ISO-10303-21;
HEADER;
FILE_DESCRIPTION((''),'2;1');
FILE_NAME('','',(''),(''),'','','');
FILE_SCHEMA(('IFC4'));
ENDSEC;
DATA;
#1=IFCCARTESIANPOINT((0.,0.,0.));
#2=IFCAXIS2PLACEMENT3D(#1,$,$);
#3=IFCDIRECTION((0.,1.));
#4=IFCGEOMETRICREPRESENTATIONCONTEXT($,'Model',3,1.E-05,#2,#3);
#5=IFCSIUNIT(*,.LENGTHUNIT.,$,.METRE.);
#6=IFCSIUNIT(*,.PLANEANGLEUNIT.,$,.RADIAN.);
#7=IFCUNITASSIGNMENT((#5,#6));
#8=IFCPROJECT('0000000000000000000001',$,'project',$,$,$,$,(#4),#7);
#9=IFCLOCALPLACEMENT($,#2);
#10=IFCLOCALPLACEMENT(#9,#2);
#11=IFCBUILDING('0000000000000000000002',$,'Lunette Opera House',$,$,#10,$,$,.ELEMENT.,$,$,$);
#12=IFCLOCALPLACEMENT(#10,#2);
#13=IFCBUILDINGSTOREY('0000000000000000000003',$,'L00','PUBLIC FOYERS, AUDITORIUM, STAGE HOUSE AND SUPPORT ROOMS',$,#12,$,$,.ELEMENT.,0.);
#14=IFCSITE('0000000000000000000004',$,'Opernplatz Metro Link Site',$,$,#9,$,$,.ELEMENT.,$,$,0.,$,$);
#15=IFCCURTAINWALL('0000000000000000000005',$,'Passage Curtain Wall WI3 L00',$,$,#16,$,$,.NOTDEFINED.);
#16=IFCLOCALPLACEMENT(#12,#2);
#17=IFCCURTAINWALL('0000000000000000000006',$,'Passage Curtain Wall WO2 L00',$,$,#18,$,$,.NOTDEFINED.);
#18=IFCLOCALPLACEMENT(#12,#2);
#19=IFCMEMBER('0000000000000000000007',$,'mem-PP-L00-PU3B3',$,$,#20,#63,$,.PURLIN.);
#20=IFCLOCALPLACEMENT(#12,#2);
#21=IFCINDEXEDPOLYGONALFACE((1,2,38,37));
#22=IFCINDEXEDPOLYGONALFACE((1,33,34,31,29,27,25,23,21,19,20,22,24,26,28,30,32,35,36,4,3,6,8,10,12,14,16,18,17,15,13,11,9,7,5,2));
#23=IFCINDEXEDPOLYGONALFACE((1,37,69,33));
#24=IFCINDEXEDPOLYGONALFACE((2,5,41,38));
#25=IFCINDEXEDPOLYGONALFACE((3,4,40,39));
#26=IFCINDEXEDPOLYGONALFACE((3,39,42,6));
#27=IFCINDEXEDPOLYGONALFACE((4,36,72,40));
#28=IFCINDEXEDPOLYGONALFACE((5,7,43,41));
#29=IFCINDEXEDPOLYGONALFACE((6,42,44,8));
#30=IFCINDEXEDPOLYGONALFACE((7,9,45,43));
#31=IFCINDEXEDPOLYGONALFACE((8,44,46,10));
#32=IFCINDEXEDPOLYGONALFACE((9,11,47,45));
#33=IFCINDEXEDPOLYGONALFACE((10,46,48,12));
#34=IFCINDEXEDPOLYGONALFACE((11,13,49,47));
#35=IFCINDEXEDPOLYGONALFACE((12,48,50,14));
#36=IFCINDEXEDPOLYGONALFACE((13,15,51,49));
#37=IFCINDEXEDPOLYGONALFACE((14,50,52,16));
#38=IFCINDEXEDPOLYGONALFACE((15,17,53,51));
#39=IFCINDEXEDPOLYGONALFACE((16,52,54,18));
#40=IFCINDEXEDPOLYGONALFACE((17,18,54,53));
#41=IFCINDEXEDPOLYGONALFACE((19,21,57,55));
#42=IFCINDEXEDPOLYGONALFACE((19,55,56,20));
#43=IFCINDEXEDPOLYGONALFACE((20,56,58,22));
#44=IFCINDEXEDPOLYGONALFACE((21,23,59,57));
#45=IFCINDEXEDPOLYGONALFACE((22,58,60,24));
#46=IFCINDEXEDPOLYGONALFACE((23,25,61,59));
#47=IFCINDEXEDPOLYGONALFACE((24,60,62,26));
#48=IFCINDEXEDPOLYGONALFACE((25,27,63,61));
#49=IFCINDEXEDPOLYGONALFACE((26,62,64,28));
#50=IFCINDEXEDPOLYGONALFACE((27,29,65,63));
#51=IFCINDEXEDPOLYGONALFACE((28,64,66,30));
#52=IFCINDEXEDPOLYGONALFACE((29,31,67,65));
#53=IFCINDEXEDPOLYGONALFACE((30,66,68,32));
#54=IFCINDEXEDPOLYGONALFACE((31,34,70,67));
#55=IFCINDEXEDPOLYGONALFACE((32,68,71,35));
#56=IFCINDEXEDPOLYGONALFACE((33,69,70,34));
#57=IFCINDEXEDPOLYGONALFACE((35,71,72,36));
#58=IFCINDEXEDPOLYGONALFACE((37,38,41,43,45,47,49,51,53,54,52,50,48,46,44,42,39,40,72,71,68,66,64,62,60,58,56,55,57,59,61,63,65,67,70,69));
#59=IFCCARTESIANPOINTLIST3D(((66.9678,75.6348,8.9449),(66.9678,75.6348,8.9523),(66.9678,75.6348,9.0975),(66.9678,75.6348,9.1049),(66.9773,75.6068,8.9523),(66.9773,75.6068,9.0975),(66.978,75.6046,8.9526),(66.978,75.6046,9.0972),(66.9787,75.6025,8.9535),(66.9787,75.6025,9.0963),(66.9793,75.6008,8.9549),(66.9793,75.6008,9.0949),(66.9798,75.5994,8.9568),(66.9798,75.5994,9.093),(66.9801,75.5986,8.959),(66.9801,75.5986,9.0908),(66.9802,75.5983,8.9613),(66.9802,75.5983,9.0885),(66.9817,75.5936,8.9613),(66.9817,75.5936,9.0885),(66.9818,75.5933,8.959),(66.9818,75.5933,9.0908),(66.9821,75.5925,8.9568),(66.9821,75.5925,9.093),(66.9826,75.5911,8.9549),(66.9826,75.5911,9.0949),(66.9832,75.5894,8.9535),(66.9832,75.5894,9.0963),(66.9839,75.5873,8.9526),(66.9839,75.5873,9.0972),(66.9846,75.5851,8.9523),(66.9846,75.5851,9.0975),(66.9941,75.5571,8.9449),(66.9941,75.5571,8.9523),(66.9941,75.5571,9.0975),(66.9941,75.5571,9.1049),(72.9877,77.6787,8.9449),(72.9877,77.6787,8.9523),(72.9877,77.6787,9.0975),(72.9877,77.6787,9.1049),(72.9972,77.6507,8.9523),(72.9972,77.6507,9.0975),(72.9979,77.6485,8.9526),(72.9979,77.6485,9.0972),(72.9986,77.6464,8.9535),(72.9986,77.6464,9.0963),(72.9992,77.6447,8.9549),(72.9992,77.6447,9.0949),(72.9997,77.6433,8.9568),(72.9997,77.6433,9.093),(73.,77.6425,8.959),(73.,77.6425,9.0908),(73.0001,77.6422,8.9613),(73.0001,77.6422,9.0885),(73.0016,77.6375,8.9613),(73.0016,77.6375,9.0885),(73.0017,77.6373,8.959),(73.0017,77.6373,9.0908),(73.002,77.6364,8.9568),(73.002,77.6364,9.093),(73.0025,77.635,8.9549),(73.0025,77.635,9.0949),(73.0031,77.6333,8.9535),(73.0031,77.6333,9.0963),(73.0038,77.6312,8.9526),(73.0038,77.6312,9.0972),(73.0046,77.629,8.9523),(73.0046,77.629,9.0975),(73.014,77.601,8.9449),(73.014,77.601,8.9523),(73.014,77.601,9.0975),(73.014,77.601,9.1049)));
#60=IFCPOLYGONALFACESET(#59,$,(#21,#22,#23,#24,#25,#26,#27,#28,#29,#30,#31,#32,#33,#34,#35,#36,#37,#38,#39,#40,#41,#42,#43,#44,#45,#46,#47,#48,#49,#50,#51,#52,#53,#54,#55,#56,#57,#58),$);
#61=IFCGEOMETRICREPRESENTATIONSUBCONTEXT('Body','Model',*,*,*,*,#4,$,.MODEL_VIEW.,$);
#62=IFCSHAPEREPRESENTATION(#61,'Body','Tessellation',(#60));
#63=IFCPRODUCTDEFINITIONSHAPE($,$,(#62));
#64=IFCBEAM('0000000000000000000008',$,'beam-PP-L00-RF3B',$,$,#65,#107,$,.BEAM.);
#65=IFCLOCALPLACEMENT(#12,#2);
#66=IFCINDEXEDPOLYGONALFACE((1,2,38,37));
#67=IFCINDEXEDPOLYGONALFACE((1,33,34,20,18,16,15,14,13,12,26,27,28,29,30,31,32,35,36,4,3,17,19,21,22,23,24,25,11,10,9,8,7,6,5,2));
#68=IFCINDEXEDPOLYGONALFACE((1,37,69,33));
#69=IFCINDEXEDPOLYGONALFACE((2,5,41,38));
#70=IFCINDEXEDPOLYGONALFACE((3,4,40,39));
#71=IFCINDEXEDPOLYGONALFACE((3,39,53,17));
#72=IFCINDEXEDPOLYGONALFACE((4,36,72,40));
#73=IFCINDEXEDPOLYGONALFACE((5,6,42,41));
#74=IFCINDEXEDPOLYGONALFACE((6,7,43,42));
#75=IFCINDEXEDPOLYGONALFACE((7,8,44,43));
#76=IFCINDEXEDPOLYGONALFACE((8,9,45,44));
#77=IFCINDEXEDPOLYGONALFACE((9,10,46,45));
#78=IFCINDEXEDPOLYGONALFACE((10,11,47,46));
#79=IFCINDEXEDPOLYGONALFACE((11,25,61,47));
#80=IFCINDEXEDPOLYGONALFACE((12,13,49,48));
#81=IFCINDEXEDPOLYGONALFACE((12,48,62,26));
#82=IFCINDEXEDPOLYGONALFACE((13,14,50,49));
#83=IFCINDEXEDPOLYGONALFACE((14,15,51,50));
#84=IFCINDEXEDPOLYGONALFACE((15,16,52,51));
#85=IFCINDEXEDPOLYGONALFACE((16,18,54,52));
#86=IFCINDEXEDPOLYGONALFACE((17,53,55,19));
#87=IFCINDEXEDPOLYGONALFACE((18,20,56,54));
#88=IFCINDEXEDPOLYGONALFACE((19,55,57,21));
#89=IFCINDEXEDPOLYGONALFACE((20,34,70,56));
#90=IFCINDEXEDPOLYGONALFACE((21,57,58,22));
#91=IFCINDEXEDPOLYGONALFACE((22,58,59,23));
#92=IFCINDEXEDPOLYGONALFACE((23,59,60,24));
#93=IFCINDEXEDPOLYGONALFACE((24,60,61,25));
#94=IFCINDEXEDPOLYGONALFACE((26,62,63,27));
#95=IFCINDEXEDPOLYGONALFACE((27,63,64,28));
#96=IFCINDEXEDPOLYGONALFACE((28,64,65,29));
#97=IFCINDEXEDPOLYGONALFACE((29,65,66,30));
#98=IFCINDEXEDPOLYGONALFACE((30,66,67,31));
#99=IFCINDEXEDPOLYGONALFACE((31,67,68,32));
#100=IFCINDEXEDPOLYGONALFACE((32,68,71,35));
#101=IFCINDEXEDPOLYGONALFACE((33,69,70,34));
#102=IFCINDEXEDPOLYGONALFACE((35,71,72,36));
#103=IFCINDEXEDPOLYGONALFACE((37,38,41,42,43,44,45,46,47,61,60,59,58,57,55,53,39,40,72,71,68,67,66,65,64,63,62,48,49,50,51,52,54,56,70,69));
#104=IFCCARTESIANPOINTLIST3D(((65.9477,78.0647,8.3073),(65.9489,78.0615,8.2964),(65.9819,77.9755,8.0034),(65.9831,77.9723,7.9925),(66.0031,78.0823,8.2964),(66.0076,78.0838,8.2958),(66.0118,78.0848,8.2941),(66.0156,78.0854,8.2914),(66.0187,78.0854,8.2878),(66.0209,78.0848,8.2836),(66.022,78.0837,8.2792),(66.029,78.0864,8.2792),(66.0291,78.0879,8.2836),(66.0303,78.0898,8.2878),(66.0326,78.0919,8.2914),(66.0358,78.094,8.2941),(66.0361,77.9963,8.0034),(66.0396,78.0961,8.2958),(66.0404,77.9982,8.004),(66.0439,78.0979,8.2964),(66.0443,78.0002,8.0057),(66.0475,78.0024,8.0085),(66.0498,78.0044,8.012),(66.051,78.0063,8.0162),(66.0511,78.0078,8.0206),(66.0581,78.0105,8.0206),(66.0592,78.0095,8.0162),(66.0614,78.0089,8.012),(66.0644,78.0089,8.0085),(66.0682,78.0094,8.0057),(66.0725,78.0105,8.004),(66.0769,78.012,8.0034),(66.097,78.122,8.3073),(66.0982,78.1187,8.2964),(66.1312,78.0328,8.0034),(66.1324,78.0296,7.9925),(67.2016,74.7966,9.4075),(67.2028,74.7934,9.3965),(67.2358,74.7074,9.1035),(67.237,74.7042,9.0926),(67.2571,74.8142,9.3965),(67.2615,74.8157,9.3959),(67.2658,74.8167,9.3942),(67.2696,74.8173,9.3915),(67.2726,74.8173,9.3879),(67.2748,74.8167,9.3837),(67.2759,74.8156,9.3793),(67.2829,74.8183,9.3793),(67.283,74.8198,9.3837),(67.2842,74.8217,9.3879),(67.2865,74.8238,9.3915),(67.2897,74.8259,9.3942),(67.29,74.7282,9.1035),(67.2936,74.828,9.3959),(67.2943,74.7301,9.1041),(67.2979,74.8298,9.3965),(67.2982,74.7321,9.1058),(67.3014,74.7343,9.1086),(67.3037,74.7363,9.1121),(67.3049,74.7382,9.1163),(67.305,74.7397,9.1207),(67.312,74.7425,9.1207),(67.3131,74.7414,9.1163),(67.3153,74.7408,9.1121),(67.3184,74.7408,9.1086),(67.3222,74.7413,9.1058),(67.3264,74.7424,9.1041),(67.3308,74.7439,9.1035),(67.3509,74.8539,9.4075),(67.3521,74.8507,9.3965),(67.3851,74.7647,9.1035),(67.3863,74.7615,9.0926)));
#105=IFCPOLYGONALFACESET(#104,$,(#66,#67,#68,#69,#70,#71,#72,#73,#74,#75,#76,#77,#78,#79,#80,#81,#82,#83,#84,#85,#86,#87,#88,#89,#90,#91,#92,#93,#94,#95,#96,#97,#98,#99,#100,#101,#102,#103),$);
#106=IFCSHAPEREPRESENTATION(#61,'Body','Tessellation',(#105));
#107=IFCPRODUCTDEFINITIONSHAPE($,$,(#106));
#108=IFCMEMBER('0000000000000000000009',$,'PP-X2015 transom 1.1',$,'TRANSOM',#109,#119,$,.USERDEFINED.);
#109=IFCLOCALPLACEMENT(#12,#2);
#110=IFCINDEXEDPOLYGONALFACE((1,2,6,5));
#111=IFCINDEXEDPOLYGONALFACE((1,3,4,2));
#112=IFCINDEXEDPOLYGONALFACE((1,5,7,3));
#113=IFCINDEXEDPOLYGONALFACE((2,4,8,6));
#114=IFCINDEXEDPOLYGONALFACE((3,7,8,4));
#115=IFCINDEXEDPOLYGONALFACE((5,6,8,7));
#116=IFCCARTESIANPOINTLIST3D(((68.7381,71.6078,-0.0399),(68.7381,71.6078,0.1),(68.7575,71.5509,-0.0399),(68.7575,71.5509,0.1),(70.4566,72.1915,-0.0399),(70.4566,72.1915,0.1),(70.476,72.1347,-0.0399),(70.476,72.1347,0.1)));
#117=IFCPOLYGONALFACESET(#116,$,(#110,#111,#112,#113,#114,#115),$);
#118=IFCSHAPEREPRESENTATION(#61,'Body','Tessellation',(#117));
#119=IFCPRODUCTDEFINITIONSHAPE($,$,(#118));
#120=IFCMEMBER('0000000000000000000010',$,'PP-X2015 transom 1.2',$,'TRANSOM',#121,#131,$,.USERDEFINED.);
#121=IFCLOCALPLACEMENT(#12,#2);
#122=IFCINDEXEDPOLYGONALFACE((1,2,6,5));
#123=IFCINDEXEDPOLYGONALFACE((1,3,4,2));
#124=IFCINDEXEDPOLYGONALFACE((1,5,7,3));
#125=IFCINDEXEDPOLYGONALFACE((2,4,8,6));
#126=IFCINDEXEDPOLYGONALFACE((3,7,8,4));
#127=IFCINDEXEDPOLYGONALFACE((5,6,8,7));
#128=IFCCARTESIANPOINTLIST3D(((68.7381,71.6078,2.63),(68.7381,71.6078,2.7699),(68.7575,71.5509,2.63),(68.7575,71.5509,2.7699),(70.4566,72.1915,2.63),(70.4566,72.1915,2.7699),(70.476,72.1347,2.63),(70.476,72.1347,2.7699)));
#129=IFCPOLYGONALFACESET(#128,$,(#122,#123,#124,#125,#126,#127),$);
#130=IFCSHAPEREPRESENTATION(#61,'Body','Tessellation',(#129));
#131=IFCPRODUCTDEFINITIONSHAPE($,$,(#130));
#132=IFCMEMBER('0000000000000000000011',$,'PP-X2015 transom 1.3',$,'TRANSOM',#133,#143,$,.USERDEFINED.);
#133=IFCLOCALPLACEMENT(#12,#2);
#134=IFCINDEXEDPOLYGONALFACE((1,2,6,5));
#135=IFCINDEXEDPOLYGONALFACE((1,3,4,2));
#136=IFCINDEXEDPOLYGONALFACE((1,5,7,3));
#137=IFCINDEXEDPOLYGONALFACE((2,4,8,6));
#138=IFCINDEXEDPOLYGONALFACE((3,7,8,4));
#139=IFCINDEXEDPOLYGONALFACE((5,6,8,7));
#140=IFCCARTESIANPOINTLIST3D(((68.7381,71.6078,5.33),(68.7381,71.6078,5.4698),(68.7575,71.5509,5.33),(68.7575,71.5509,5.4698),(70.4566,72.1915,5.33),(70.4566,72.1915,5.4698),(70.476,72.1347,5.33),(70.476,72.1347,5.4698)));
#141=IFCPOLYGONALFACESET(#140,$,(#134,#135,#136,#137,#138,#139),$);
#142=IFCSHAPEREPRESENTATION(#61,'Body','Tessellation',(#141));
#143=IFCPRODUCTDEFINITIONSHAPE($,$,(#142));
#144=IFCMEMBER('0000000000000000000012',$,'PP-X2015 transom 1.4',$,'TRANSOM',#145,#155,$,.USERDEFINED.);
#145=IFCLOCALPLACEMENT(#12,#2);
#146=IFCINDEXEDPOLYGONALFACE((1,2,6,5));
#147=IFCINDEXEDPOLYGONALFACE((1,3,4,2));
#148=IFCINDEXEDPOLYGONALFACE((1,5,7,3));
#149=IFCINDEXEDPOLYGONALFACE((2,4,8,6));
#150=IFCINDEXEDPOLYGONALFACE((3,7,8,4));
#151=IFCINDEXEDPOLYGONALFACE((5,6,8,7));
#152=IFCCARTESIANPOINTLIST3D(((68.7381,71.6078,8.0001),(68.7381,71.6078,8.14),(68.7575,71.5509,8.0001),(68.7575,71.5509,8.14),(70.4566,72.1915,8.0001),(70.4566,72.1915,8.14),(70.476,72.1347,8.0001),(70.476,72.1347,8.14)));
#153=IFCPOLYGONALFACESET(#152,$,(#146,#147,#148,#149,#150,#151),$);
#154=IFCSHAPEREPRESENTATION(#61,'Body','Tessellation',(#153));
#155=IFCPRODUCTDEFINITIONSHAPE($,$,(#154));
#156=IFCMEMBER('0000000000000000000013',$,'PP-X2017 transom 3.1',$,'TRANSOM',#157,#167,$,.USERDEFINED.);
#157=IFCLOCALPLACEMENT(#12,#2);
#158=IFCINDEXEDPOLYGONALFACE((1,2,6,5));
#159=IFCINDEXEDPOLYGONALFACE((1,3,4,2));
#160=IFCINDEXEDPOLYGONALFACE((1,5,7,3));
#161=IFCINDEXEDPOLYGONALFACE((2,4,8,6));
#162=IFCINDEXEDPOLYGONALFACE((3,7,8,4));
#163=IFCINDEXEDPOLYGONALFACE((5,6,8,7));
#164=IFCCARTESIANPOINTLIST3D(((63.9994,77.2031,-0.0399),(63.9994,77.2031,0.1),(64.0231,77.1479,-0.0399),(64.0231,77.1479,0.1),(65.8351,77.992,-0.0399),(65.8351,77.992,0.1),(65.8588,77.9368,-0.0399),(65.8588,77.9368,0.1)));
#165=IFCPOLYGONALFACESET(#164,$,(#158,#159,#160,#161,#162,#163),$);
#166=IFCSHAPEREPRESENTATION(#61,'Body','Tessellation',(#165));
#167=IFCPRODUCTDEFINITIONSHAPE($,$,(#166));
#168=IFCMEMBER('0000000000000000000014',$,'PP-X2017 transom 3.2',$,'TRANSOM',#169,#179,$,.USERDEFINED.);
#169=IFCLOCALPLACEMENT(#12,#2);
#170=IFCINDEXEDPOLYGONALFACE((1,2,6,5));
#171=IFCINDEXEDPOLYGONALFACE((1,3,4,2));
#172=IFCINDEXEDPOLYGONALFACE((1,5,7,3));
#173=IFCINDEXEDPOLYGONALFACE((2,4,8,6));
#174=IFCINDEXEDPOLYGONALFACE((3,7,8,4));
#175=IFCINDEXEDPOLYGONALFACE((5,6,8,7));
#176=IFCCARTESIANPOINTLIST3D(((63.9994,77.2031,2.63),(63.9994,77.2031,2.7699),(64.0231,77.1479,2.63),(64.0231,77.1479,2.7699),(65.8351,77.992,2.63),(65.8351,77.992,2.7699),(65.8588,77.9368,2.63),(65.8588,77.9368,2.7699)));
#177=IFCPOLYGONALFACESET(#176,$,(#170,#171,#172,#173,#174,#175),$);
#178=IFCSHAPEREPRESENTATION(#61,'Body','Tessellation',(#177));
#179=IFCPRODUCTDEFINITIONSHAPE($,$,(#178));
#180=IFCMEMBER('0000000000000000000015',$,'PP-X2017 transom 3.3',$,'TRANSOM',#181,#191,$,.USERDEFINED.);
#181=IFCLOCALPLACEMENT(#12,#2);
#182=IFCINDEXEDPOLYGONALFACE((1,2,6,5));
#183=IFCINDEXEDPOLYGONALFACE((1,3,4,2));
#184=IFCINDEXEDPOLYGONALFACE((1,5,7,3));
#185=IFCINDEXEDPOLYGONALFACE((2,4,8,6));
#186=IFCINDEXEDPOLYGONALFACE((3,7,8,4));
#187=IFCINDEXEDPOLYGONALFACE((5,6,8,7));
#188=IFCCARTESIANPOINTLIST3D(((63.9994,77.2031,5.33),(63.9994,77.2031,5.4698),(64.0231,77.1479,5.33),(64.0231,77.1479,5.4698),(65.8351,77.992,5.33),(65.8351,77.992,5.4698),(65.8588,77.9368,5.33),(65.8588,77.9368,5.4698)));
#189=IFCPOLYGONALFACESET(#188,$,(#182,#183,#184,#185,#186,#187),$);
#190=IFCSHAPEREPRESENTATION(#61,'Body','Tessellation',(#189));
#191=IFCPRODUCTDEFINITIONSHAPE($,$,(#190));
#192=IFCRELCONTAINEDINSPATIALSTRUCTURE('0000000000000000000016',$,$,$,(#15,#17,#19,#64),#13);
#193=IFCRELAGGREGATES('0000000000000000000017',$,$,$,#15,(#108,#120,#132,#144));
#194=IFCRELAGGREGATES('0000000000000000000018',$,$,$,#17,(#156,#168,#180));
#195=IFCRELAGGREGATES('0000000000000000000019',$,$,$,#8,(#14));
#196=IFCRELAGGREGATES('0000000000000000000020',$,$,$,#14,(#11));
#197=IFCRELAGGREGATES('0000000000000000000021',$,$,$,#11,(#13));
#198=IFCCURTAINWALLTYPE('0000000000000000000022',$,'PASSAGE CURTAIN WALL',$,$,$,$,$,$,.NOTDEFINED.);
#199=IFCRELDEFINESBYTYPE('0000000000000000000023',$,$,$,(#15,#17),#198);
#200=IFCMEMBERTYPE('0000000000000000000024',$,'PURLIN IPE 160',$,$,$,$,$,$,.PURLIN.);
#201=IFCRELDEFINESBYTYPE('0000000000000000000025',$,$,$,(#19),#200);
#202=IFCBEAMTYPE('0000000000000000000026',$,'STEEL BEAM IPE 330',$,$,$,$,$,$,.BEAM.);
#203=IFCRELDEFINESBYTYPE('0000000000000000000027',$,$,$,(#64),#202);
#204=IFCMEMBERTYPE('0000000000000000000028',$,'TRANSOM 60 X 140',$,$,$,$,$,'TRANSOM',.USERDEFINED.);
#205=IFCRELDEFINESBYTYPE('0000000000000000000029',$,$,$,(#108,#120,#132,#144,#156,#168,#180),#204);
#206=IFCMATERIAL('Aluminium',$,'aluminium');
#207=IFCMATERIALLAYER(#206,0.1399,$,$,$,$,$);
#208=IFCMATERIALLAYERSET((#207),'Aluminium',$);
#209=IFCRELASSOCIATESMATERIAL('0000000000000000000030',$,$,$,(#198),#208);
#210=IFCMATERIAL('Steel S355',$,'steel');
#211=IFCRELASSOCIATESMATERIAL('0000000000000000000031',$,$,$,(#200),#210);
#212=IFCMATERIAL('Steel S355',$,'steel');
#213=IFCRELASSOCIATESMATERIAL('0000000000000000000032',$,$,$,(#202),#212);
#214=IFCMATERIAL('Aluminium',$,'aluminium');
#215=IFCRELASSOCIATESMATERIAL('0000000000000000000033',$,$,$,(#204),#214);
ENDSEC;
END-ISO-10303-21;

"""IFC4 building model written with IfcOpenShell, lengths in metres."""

from ifc_helpers import new_model, si_unit, direction, frame, origin, origin_2d, place, context, subcontext, project, spatial, rectangle, i_section, extrude, material, layer, layer_set, material_profile, profile_set, type_object, element, aggregate, save


model = new_model("IFC4")

# Units and contexts
model_context = context("Model", 3, precision=1e-05, world=origin(), true_north=direction((0.0, 1.0)))
body_context = subcontext(model_context, "Body", "Model", "MODEL_VIEW")
ifc_project = project(units=[si_unit("LENGTHUNIT", "METRE"), si_unit("PLANEANGLEUNIT", "RADIAN")], contexts=[model_context])

# Site, building, storey
site_placement = place(None, origin())
site = spatial("IfcSite", under=ifc_project, at=site_placement, Name="Opernplatz Metro Link Site", CompositionType="ELEMENT", RefElevation=0.0)
building_placement = place(site_placement, origin())
building = spatial("IfcBuilding", under=site, at=building_placement, Name="Lunette Opera House", CompositionType="ELEMENT")
storey_placement = place(building_placement, origin())
storey = spatial("IfcBuildingStorey", under=building, at=storey_placement, Name="L00", Description="PUBLIC FOYERS, AUDITORIUM, STAGE HOUSE AND SUPPORT ROOMS", CompositionType="ELEMENT", Elevation=0.0)

# Curtain wall
ifc_material_1 = material(Name="Aluminium", Category="aluminium")
ifc_layer_1 = layer(ifc_material_1, 0.1399)
ifc_layer_set_1 = layer_set([ifc_layer_1], Name="Aluminium")
curtain_wall_type = type_object("IfcCurtainWallType", Name="PASSAGE CURTAIN WALL", PredefinedType="NOTDEFINED", material=ifc_layer_set_1)
curtain_wall_1_placement = place(storey_placement, origin())
curtain_wall_1 = element("IfcCurtainWall", 1, at=curtain_wall_1_placement, inside=storey, type_object=curtain_wall_type, Name="Passage Curtain Wall WI3 L00", PredefinedType="NOTDEFINED")

# Curtain wall
curtain_wall_2_placement = place(storey_placement, origin())
curtain_wall_2 = element("IfcCurtainWall", 2, at=curtain_wall_2_placement, inside=storey, type_object=curtain_wall_type, Name="Passage Curtain Wall WO2 L00", PredefinedType="NOTDEFINED")

# Member
ifc_material_2 = material(Name="Steel S355", Category="steel")
ifc_material_profile_1 = material_profile(ifc_material_2, i_section(OverallWidth=0.082, OverallDepth=0.1599, WebThickness=0.0049, FlangeThickness=0.0073, FilletRadius=0.009, at=origin_2d()), Name="IPE 160")
ifc_profile_set_1 = profile_set([ifc_material_profile_1], Name="Steel S355")
member_type_1 = type_object("IfcMemberType", Name="PURLIN IPE 160", PredefinedType="PURLIN", material=ifc_profile_set_1)
member_1_placement = place(storey_placement, frame((66.981, 75.5959, 9.0249), z_axis=(0.94691, 0.321499, 0.0), x_axis=(-0.321499, 0.94691, 0.0)))
element("IfcMember", 3, at=member_1_placement, inside=storey, type_object=member_type_1, Name="mem-PP-L00-PU3B3", PredefinedType="PURLIN", context=body_context, shape_type="SweptSolid", body=[
    extrude(i_section(OverallWidth=0.082, OverallDepth=0.1599, WebThickness=0.0049, FlangeThickness=0.0073, FilletRadius=0.009, at=origin_2d()), origin(), (0.0, 0.0, 1.0), 6.3574),
])

# Beam
ifc_material_3 = material(Name="Steel S355", Category="steel")
ifc_material_profile_2 = material_profile(ifc_material_3, i_section(OverallWidth=0.1599, OverallDepth=0.3301, WebThickness=0.0076, FlangeThickness=0.0115, FilletRadius=0.0181, at=origin_2d()), Name="IPE 330")
ifc_profile_set_2 = profile_set([ifc_material_profile_2], Name="Steel S355")
beam_type = type_object("IfcBeamType", Name="STEEL BEAM IPE 330", PredefinedType="BEAM", material=ifc_profile_set_2)
beam_placement = place(storey_placement, frame((66.04, 78.0471, 8.1499), z_axis=(0.341742, -0.890685, 0.299823), x_axis=(0.933637, 0.358222, 0.0)))
element("IfcBeam", 4, at=beam_placement, inside=storey, type_object=beam_type, Name="beam-PP-L00-RF3B", PredefinedType="BEAM", context=body_context, shape_type="SweptSolid", body=[
    extrude(i_section(OverallWidth=0.1599, OverallDepth=0.3301, WebThickness=0.0076, FlangeThickness=0.0115, FilletRadius=0.0181, at=origin_2d()), origin(), (0.0, 0.0, 1.0), 3.6692),
])

# Members
ifc_material_4 = material(Name="Aluminium", Category="aluminium")
ifc_material_profile_3 = material_profile(ifc_material_4, rectangle(XDim=0.0601, YDim=0.1399, at=origin_2d()), Name="TRANSOM 60 X 140")
ifc_profile_set_3 = profile_set([ifc_material_profile_3], Name="Aluminium")
member_type_2 = type_object("IfcMemberType", Name="TRANSOM 60 X 140", ElementType="TRANSOM", PredefinedType="USERDEFINED", material=ifc_profile_set_3)
member_2_placement = place(storey_placement, frame((68.7478, 71.5793, 0.03), z_axis=(0.946865, 0.32163, 0.0), x_axis=(-0.32163, 0.946865, 0.0)))
member_2 = element("IfcMember", 5, at=member_2_placement, type_object=member_type_2, Name="PP-X2015 transom 1.1", ObjectType="TRANSOM", PredefinedType="USERDEFINED", context=body_context, shape_type="SweptSolid", body=[
    extrude(rectangle(XDim=0.0601, YDim=0.1399, at=origin_2d()), origin(), (0.0, 0.0, 1.0), 1.8149),
])
member_3_placement = place(storey_placement, frame((68.7478, 71.5793, 2.7), z_axis=(0.946865, 0.32163, 0.0), x_axis=(-0.32163, 0.946865, 0.0)))
member_3 = element("IfcMember", 6, at=member_3_placement, type_object=member_type_2, Name="PP-X2015 transom 1.2", ObjectType="TRANSOM", PredefinedType="USERDEFINED", context=body_context, shape_type="SweptSolid", body=[
    extrude(rectangle(XDim=0.0601, YDim=0.1399, at=origin_2d()), origin(), (0.0, 0.0, 1.0), 1.8149),
])
member_4_placement = place(storey_placement, frame((68.7478, 71.5793, 5.3999), z_axis=(0.946865, 0.32163, 0.0), x_axis=(-0.32163, 0.946865, 0.0)))
member_4 = element("IfcMember", 7, at=member_4_placement, type_object=member_type_2, Name="PP-X2015 transom 1.3", ObjectType="TRANSOM", PredefinedType="USERDEFINED", context=body_context, shape_type="SweptSolid", body=[
    extrude(rectangle(XDim=0.0601, YDim=0.1399, at=origin_2d()), origin(), (0.0, 0.0, 1.0), 1.8149),
])
member_5_placement = place(storey_placement, frame((68.7478, 71.5793, 8.0701), z_axis=(0.946865, 0.32163, 0.0), x_axis=(-0.32163, 0.946865, 0.0)))
member_5 = element("IfcMember", 8, at=member_5_placement, type_object=member_type_2, Name="PP-X2015 transom 1.4", ObjectType="TRANSOM", PredefinedType="USERDEFINED", context=body_context, shape_type="SweptSolid", body=[
    extrude(rectangle(XDim=0.0601, YDim=0.1399, at=origin_2d()), origin(), (0.0, 0.0, 1.0), 1.8149),
])
member_6_placement = place(storey_placement, frame((64.0112, 77.1755, 0.03), z_axis=(0.918765, 0.394804, 0.0), x_axis=(-0.394804, 0.918765, 0.0)))
member_6 = element("IfcMember", 9, at=member_6_placement, type_object=member_type_2, Name="PP-X2017 transom 3.1", ObjectType="TRANSOM", PredefinedType="USERDEFINED", context=body_context, shape_type="SweptSolid", body=[
    extrude(rectangle(XDim=0.0601, YDim=0.1399, at=origin_2d()), origin(), (0.0, 0.0, 1.0), 1.998),
])
member_7_placement = place(storey_placement, frame((64.0112, 77.1755, 2.7), z_axis=(0.918765, 0.394804, 0.0), x_axis=(-0.394804, 0.918765, 0.0)))
member_7 = element("IfcMember", 10, at=member_7_placement, type_object=member_type_2, Name="PP-X2017 transom 3.2", ObjectType="TRANSOM", PredefinedType="USERDEFINED", context=body_context, shape_type="SweptSolid", body=[
    extrude(rectangle(XDim=0.0601, YDim=0.1399, at=origin_2d()), origin(), (0.0, 0.0, 1.0), 1.998),
])
member_8_placement = place(storey_placement, frame((64.0112, 77.1755, 5.3999), z_axis=(0.918765, 0.394804, 0.0), x_axis=(-0.394804, 0.918765, 0.0)))
member_8 = element("IfcMember", 11, at=member_8_placement, type_object=member_type_2, Name="PP-X2017 transom 3.3", ObjectType="TRANSOM", PredefinedType="USERDEFINED", context=body_context, shape_type="SweptSolid", body=[
    extrude(rectangle(XDim=0.0601, YDim=0.1399, at=origin_2d()), origin(), (0.0, 0.0, 1.0), 1.998),
])

aggregate(curtain_wall_1, [member_2, member_3, member_4, member_5])
aggregate(curtain_wall_2, [member_6, member_7, member_8])

save(model, "model.ifc")
